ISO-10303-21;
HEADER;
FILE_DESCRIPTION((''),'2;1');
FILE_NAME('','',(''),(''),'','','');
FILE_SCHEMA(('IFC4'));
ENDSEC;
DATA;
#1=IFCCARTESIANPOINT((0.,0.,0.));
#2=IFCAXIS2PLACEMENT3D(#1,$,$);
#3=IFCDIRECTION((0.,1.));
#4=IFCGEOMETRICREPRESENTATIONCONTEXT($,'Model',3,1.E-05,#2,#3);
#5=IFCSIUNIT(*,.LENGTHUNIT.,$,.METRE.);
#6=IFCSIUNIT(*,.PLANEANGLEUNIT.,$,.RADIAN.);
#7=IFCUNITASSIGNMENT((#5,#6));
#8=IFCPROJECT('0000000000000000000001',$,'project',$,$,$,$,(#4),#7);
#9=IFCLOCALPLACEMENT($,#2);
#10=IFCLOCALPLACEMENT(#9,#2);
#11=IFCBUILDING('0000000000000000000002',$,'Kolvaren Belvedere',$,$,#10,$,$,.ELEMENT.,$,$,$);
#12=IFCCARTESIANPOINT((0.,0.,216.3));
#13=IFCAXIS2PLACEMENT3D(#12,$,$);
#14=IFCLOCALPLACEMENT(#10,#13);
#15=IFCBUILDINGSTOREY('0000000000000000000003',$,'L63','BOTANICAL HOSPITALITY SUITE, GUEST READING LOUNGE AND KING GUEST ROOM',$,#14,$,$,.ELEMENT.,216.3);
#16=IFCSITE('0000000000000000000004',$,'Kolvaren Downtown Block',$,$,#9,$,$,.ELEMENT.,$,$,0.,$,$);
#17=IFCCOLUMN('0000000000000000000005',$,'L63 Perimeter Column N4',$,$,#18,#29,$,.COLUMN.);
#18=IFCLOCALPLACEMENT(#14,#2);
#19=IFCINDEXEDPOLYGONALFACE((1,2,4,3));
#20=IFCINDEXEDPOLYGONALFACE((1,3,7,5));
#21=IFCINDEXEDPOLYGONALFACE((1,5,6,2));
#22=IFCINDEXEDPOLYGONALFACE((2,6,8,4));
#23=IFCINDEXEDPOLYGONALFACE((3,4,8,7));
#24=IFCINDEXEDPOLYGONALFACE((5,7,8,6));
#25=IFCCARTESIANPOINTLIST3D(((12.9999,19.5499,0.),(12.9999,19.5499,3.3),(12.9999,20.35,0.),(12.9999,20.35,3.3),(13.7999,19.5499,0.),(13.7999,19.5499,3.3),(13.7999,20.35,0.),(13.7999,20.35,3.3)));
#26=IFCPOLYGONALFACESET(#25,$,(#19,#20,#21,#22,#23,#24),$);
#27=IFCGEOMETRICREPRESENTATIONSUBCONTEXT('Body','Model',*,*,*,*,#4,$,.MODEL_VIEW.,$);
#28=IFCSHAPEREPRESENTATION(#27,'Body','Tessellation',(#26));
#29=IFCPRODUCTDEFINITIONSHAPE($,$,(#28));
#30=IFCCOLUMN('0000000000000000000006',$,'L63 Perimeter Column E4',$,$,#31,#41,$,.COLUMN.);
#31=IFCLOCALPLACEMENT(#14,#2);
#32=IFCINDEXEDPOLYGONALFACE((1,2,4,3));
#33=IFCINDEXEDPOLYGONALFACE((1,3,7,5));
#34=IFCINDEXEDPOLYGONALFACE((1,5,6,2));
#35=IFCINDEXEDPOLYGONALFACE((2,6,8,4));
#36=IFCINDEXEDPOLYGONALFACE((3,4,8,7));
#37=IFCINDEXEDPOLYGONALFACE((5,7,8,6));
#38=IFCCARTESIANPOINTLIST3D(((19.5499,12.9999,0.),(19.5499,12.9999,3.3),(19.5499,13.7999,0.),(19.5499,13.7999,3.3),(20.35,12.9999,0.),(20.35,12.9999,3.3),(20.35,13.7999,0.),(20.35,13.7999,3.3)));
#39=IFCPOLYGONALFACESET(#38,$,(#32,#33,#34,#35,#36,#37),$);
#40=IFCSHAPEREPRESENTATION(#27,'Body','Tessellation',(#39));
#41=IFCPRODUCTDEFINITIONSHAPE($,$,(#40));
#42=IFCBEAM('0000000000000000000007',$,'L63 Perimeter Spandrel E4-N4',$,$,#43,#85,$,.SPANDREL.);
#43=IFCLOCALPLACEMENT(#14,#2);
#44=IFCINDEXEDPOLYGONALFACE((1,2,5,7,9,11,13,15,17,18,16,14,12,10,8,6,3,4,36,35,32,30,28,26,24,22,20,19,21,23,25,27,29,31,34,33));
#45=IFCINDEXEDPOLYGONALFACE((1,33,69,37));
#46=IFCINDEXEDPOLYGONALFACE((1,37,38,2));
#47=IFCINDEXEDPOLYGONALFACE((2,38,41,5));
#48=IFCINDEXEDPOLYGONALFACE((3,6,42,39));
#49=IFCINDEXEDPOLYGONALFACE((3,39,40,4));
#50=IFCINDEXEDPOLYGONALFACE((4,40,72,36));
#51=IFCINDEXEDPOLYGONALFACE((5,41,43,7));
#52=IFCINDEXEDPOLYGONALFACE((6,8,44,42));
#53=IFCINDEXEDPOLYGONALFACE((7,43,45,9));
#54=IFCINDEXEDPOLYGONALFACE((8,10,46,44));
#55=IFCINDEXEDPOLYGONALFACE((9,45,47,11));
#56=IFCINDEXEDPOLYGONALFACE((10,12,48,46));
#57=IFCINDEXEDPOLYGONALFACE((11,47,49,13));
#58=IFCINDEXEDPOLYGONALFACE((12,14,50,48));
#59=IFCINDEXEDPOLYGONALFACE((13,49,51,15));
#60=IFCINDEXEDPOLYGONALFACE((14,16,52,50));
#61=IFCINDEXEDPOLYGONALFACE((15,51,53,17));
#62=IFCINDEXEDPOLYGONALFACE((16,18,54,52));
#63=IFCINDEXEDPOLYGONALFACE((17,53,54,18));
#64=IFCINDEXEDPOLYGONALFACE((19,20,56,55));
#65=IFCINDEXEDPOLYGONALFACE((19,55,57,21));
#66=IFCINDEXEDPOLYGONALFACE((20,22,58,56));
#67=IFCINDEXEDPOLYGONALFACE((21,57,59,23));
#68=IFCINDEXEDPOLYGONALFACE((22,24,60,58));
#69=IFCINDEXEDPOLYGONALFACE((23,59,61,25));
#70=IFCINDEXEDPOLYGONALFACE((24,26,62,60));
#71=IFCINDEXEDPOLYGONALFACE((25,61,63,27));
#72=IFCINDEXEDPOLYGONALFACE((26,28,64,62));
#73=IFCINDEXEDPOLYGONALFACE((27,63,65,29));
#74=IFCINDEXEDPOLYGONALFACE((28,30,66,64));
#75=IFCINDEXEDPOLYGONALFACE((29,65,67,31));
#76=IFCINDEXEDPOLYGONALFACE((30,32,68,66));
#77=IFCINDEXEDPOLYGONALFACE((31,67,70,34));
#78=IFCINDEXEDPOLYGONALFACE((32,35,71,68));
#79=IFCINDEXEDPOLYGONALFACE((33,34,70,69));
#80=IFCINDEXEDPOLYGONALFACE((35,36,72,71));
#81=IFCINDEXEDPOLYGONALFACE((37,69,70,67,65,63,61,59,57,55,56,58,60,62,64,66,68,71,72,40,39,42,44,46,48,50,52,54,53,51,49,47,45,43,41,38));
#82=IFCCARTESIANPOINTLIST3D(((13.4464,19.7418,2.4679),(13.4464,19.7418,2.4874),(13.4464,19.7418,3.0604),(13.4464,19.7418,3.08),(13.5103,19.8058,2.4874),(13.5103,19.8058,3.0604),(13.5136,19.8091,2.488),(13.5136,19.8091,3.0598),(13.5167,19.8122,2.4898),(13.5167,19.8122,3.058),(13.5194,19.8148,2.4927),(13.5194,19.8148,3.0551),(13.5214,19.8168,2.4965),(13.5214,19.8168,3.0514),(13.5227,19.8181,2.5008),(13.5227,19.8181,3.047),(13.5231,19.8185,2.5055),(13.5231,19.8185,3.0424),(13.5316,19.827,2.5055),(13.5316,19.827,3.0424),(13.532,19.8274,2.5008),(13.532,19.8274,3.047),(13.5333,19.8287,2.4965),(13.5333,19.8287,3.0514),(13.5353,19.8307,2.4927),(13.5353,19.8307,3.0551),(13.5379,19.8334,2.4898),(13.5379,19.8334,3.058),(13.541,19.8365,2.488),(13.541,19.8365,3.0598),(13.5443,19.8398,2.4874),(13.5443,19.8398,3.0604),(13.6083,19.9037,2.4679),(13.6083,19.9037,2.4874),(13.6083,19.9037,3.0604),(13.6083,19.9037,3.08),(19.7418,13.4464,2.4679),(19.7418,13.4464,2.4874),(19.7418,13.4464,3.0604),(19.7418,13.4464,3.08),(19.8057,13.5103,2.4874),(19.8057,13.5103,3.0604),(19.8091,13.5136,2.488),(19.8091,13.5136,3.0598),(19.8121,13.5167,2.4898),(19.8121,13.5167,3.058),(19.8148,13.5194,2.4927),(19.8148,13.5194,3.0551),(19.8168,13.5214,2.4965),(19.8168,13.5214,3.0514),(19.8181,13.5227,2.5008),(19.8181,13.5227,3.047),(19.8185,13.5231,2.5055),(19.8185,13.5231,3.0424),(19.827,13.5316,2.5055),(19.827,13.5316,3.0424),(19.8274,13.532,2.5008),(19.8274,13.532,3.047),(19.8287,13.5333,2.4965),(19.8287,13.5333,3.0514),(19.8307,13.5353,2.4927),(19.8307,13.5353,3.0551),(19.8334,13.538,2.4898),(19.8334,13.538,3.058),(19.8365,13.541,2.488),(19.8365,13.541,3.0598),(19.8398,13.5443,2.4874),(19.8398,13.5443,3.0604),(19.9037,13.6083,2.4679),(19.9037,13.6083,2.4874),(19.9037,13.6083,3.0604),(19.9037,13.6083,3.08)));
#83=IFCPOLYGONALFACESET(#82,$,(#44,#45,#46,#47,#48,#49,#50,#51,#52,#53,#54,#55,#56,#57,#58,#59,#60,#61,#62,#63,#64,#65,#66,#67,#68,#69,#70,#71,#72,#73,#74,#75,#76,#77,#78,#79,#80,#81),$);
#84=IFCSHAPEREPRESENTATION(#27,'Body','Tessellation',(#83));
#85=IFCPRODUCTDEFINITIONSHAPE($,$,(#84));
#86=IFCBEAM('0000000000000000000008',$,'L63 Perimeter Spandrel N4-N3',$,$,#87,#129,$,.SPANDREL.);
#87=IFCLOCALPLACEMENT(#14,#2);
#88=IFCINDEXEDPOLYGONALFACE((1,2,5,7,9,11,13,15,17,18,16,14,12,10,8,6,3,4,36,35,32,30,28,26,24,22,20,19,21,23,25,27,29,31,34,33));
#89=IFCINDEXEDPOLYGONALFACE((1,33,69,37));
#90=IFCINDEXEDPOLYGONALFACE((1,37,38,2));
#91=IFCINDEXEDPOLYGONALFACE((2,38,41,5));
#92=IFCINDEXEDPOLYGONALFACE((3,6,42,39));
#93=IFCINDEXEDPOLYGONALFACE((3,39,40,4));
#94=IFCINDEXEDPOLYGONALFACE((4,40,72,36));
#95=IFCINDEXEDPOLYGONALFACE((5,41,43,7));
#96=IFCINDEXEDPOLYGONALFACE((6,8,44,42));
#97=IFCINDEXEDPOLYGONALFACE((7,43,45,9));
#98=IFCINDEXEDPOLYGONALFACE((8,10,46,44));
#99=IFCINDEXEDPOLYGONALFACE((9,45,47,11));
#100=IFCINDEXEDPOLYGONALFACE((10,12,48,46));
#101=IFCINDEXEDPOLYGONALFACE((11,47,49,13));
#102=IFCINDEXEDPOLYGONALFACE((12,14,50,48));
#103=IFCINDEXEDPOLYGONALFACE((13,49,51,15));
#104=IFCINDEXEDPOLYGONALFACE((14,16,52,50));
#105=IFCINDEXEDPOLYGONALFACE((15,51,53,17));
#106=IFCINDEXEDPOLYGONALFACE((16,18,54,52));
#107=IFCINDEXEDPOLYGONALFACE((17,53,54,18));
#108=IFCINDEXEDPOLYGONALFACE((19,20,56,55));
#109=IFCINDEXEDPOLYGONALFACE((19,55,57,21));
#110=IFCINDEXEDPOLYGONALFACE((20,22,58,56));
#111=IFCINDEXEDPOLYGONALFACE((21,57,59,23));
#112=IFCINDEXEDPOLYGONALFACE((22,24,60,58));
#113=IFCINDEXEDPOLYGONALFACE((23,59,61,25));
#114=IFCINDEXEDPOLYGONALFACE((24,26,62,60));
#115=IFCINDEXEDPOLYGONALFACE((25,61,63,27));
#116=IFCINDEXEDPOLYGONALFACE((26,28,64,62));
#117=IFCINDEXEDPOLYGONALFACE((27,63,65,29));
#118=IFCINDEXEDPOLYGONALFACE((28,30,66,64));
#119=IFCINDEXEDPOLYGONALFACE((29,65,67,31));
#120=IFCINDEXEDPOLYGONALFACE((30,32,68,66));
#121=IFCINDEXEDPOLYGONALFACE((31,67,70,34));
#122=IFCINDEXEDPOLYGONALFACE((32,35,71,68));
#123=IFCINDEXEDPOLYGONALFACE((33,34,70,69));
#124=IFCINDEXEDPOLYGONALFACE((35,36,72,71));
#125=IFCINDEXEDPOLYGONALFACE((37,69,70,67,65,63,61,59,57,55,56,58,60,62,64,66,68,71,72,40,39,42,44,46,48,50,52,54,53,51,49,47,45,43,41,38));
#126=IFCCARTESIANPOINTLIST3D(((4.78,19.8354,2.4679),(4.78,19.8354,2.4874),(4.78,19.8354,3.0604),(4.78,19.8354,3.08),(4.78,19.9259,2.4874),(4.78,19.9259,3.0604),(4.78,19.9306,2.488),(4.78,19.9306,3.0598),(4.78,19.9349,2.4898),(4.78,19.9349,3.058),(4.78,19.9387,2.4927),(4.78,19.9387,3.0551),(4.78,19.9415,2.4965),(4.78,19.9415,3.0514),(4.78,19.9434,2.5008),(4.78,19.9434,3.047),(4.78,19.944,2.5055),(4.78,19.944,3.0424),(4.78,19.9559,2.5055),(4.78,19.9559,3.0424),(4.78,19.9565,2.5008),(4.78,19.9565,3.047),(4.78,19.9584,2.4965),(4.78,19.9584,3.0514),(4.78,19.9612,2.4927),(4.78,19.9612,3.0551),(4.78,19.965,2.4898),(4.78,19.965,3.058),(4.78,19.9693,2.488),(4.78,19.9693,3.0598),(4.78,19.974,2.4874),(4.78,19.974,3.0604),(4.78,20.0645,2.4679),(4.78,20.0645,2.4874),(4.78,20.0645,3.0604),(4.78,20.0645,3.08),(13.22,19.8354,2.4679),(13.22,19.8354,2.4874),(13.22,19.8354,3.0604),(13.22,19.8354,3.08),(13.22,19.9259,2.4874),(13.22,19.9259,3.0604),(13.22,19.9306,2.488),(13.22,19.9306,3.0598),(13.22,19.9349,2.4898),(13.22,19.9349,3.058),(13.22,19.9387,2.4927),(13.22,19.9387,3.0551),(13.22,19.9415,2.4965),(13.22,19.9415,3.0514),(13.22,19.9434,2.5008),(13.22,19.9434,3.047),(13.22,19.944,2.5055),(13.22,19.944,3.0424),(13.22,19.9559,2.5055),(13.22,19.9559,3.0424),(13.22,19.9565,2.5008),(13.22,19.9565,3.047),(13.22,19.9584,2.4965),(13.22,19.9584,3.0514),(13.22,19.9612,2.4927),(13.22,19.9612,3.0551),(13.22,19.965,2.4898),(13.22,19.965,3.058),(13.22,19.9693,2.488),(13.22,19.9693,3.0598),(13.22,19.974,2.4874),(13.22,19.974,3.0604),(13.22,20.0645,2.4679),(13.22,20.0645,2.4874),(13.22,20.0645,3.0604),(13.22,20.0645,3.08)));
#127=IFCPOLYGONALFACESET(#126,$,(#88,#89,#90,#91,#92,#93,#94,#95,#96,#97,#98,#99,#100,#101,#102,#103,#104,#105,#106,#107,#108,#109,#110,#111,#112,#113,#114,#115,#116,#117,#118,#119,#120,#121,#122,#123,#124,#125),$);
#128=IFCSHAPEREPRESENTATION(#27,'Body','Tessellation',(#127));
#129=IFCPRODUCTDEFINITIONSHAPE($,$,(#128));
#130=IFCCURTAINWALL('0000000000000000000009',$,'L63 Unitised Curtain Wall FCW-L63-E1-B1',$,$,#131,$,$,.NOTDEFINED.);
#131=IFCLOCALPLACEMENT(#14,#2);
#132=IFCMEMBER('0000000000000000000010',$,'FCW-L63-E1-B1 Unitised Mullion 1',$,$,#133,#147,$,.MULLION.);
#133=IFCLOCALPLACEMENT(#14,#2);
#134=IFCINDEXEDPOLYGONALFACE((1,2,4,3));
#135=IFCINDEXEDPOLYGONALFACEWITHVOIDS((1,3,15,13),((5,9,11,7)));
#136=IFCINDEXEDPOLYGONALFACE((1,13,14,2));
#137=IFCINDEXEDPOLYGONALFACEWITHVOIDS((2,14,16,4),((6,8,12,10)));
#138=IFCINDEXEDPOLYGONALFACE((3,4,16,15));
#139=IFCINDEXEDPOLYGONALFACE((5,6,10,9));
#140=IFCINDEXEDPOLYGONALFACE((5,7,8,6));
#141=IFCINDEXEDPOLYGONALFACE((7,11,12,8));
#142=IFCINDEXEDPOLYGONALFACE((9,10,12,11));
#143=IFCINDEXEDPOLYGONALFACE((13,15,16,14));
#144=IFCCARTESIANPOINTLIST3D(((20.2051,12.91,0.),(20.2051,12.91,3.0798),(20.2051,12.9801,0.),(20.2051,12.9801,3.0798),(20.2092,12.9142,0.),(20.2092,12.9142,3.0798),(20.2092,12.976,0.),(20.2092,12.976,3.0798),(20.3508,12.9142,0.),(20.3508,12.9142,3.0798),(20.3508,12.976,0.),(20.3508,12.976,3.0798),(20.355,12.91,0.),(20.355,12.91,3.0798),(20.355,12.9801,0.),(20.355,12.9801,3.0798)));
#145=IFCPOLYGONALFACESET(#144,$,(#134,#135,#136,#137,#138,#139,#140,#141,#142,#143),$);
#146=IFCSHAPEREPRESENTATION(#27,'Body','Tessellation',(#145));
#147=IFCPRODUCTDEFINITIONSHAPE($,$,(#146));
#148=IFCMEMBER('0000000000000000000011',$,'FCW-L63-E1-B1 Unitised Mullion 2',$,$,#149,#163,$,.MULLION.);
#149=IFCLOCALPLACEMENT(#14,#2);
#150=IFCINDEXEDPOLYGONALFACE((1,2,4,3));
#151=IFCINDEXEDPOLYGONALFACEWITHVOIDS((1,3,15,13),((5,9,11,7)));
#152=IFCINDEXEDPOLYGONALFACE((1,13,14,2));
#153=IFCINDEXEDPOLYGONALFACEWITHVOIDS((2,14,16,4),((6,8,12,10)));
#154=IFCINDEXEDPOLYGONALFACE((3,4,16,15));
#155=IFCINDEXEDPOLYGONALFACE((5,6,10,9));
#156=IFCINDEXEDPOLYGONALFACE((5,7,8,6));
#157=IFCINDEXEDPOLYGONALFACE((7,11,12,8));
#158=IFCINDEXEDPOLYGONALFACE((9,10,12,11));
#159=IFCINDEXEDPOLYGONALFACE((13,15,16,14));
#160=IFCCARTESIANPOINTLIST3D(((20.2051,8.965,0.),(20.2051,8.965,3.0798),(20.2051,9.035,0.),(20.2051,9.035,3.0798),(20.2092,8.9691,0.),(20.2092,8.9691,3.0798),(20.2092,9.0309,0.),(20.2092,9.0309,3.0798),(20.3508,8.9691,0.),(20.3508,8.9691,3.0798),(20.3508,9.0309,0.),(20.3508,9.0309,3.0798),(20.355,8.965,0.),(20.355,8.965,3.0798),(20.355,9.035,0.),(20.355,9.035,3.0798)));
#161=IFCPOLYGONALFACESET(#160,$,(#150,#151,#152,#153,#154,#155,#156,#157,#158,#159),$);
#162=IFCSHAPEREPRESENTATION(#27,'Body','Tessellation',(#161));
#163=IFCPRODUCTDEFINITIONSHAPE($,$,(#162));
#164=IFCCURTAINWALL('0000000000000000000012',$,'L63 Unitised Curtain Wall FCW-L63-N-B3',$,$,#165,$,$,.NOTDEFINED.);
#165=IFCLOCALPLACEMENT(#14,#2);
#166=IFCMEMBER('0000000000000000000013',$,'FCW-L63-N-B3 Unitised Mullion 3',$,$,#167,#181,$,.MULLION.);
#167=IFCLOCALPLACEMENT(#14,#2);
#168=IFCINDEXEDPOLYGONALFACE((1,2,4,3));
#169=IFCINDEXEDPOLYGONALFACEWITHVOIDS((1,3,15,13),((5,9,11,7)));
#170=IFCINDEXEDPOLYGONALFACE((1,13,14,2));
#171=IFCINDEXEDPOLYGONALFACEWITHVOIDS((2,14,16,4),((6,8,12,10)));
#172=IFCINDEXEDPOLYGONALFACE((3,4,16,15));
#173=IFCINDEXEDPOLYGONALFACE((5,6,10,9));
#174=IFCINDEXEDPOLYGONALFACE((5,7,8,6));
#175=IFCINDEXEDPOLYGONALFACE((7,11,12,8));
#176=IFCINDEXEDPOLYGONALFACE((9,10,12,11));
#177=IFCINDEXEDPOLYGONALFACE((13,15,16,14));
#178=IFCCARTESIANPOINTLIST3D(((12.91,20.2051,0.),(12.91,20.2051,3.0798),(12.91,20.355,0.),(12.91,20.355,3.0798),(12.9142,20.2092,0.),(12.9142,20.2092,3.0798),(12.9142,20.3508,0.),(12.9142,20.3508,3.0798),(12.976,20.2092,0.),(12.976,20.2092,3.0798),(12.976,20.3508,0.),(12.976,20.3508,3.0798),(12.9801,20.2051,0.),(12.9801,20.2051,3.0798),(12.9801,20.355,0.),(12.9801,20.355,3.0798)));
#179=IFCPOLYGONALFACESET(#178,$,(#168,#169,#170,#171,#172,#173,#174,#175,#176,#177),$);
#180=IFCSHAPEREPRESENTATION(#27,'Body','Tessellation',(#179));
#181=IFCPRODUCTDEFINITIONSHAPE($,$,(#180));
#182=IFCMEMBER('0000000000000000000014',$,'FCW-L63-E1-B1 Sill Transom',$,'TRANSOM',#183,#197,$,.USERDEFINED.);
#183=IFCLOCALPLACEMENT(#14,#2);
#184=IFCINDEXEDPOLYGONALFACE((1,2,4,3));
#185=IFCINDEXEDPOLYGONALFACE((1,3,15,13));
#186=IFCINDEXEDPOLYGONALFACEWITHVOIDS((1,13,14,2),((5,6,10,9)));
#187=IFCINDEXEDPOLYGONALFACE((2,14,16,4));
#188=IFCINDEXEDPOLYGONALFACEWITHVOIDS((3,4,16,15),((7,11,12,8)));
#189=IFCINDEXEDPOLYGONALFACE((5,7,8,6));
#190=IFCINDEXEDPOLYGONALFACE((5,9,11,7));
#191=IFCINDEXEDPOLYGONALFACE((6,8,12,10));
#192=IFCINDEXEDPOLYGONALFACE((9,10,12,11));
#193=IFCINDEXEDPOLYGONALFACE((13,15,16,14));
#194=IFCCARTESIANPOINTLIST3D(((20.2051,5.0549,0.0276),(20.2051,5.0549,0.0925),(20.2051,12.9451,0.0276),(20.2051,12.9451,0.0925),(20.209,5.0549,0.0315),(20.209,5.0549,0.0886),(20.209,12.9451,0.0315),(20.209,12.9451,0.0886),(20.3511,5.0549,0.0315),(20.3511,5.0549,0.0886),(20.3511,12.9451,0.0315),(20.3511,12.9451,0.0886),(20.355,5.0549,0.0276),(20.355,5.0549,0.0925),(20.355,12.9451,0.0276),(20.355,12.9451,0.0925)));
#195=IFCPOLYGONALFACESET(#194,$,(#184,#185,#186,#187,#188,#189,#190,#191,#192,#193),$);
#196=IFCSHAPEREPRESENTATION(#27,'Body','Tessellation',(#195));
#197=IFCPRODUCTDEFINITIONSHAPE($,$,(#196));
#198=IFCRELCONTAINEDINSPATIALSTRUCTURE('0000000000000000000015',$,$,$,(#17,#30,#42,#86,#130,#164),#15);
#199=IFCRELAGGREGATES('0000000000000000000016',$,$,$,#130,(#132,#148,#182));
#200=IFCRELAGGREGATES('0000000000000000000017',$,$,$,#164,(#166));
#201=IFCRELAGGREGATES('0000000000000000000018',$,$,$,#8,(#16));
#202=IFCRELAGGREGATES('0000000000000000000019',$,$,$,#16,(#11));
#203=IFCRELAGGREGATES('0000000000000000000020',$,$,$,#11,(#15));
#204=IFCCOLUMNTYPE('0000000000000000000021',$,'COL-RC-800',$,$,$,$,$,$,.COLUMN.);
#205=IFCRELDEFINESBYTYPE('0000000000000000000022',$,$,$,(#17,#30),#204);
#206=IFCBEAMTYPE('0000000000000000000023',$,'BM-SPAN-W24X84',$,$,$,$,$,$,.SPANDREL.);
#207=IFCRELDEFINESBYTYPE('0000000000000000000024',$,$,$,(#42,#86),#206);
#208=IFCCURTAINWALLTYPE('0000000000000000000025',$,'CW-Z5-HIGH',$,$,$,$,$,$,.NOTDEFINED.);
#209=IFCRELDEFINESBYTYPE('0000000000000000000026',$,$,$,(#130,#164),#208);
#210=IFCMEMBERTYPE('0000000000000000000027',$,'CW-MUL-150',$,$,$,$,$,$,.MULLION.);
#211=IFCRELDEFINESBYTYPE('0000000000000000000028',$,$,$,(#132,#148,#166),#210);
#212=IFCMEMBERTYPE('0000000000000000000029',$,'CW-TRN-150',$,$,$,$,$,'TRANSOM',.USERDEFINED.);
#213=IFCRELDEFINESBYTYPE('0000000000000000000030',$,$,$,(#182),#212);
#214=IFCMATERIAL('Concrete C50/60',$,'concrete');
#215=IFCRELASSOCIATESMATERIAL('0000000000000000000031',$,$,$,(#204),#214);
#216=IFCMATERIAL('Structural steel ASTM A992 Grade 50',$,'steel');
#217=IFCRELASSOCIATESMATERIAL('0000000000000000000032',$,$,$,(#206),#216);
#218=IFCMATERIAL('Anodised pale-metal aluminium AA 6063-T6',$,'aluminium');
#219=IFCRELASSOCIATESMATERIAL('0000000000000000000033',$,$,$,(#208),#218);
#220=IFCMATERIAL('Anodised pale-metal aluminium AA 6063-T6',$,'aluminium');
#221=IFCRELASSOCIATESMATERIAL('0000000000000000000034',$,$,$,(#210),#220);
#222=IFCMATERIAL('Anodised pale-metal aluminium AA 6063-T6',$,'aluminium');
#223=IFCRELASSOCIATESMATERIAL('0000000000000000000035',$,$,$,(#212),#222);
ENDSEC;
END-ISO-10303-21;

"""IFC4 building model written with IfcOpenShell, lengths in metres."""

from ifc_helpers import new_model, si_unit, direction, frame, origin, origin_2d, place, context, subcontext, project, spatial, rectangle, hollow_rectangle, i_section, extrude, material, material_profile, profile_set, type_object, element, aggregate, save


model = new_model("IFC4")

# Units and contexts
model_context = context("Model", 3, precision=1e-05, world=origin(), true_north=direction((0.0, 1.0)))
body_context = subcontext(model_context, "Body", "Model", "MODEL_VIEW")
ifc_project = project(units=[si_unit("LENGTHUNIT", "METRE"), si_unit("PLANEANGLEUNIT", "RADIAN")], contexts=[model_context])

# Site, building, storey
site_placement = place(None, origin())
site = spatial("IfcSite", under=ifc_project, at=site_placement, Name="Kolvaren Downtown Block", CompositionType="ELEMENT", RefElevation=0.0)
building_placement = place(site_placement, origin())
building = spatial("IfcBuilding", under=site, at=building_placement, Name="Kolvaren Belvedere", CompositionType="ELEMENT")
storey_placement = place(building_placement, frame((0.0, 0.0, 216.3)))
storey = spatial("IfcBuildingStorey", under=building, at=storey_placement, Name="L63", Description="BOTANICAL HOSPITALITY SUITE, GUEST READING LOUNGE AND KING GUEST ROOM", CompositionType="ELEMENT", Elevation=216.3)

# Columns
ifc_material_1 = material(Name="Concrete C50/60", Category="concrete")
ifc_material_profile_1 = material_profile(ifc_material_1, rectangle(XDim=0.8, YDim=0.8, at=origin_2d()), Name="RC 800X800")
ifc_profile_set_1 = profile_set([ifc_material_profile_1], Name="Concrete C50/60")
column_type = type_object("IfcColumnType", Name="COL-RC-800", PredefinedType="COLUMN", material=ifc_profile_set_1)
for number, where, z_axis, x_axis, name in (
    (1, (13.3999, 19.95, 0.0), (0.0, 0.0, 1.0), (1.0, 0.0, 0.0), "L63 Perimeter Column N4"),
    (2, (19.95, 13.3999, 0.0), (0.0, 0.0, 1.0), (1.0, 0.0, 0.0), "L63 Perimeter Column E4"),
):
    element("IfcColumn", number, at=place(storey_placement, frame(where, z_axis=z_axis, x_axis=x_axis)), inside=storey, type_object=column_type, Name=name, PredefinedType="COLUMN", context=body_context, shape_type="SweptSolid", body=[
        extrude(rectangle(XDim=0.8, YDim=0.8, at=origin_2d()), origin(), (0.0, 0.0, 1.0), 3.3),
    ])

# Beams
ifc_material_2 = material(Name="Structural steel ASTM A992 Grade 50", Category="steel")
ifc_material_profile_2 = material_profile(ifc_material_2, i_section(OverallWidth=0.229, OverallDepth=0.6121, WebThickness=0.012, FlangeThickness=0.0195, FilletRadius=0.0181, at=origin_2d()), Name="W24X84")
ifc_profile_set_2 = profile_set([ifc_material_profile_2], Name="Structural steel ASTM A992 Grade 50")
beam_type = type_object("IfcBeamType", Name="BM-SPAN-W24X84", PredefinedType="SPANDREL", material=ifc_profile_set_2)
beam_1_placement = place(storey_placement, frame((19.8228, 13.5273, 2.7739), z_axis=(-0.707107, 0.707107, 0.0), x_axis=(-0.707107, -0.707107, 0.0)))
element("IfcBeam", 3, at=beam_1_placement, inside=storey, type_object=beam_type, Name="L63 Perimeter Spandrel E4-N4", PredefinedType="SPANDREL", context=body_context, shape_type="SweptSolid", body=[
    extrude(i_section(OverallWidth=0.229, OverallDepth=0.6121, WebThickness=0.012, FlangeThickness=0.0195, FilletRadius=0.0181, at=origin_2d()), origin(), (0.0, 0.0, 1.0), 8.9031),
])
beam_2_placement = place(storey_placement, frame((13.22, 19.95, 2.7739), z_axis=(-1.0, 0.0, 0.0), x_axis=(0.0, -1.0, 0.0)))
element("IfcBeam", 4, at=beam_2_placement, inside=storey, type_object=beam_type, Name="L63 Perimeter Spandrel N4-N3", PredefinedType="SPANDREL", context=body_context, shape_type="SweptSolid", body=[
    extrude(i_section(OverallWidth=0.229, OverallDepth=0.6121, WebThickness=0.012, FlangeThickness=0.0195, FilletRadius=0.0181, at=origin_2d()), origin(), (0.0, 0.0, 1.0), 8.4399),
])

# Curtain wall, members
ifc_material_3 = material(Name="Anodised pale-metal aluminium AA 6063-T6", Category="aluminium")
curtain_wall_type = type_object("IfcCurtainWallType", Name="CW-Z5-HIGH", PredefinedType="NOTDEFINED", material=ifc_material_3)
curtain_wall_1_placement = place(storey_placement, origin())
curtain_wall_1 = element("IfcCurtainWall", 5, at=curtain_wall_1_placement, inside=storey, type_object=curtain_wall_type, Name="L63 Unitised Curtain Wall FCW-L63-E1-B1", PredefinedType="NOTDEFINED")
ifc_material_4 = material(Name="Anodised pale-metal aluminium AA 6063-T6", Category="aluminium")
ifc_material_profile_3 = material_profile(ifc_material_4, hollow_rectangle(XDim=0.0701, YDim=0.1499, WallThickness=0.0042, at=origin_2d()), Name="ALU-MUL-150X70")
ifc_profile_set_3 = profile_set([ifc_material_profile_3], Name="Anodised pale-metal aluminium AA 6063-T6")
member_type_1 = type_object("IfcMemberType", Name="CW-MUL-150", PredefinedType="MULLION", material=ifc_profile_set_3)
member_1_placement = place(storey_placement, frame((20.28, 12.9451, 0.0), z_axis=(0.0, 0.0, 1.0), x_axis=(0.0, 1.0, 0.0)))
member_1 = element("IfcMember", 6, at=member_1_placement, type_object=member_type_1, Name="FCW-L63-E1-B1 Unitised Mullion 1", PredefinedType="MULLION", context=body_context, shape_type="SweptSolid", body=[
    extrude(hollow_rectangle(XDim=0.0701, YDim=0.1499, WallThickness=0.0042, at=origin_2d()), origin(), (0.0, 0.0, 1.0), 3.0798),
])
member_2_placement = place(storey_placement, frame((20.28, 9.0, 0.0), z_axis=(0.0, 0.0, 1.0), x_axis=(0.0, 1.0, 0.0)))
member_2 = element("IfcMember", 7, at=member_2_placement, type_object=member_type_1, Name="FCW-L63-E1-B1 Unitised Mullion 2", PredefinedType="MULLION", context=body_context, shape_type="SweptSolid", body=[
    extrude(hollow_rectangle(XDim=0.0701, YDim=0.1499, WallThickness=0.0042, at=origin_2d()), origin(), (0.0, 0.0, 1.0), 3.0798),
])

# Curtain wall, member
curtain_wall_2_placement = place(storey_placement, origin())
curtain_wall_2 = element("IfcCurtainWall", 8, at=curtain_wall_2_placement, inside=storey, type_object=curtain_wall_type, Name="L63 Unitised Curtain Wall FCW-L63-N-B3", PredefinedType="NOTDEFINED")
member_3_placement = place(storey_placement, frame((12.9451, 20.28, 0.0), z_axis=(0.0, 0.0, 1.0), x_axis=(1.0, 0.0, 0.0)))
member_3 = element("IfcMember", 9, at=member_3_placement, type_object=member_type_1, Name="FCW-L63-N-B3 Unitised Mullion 3", PredefinedType="MULLION", context=body_context, shape_type="SweptSolid", body=[
    extrude(hollow_rectangle(XDim=0.0701, YDim=0.1499, WallThickness=0.0042, at=origin_2d()), origin(), (0.0, 0.0, 1.0), 3.0798),
])

# Member
ifc_material_5 = material(Name="Anodised pale-metal aluminium AA 6063-T6", Category="aluminium")
ifc_material_profile_4 = material_profile(ifc_material_5, hollow_rectangle(XDim=0.0649, YDim=0.1499, WallThickness=0.0039, at=origin_2d()), Name="ALU-TRN-150X65")
ifc_profile_set_4 = profile_set([ifc_material_profile_4], Name="Anodised pale-metal aluminium AA 6063-T6")
member_type_2 = type_object("IfcMemberType", Name="CW-TRN-150", ElementType="TRANSOM", PredefinedType="USERDEFINED", material=ifc_profile_set_4)
member_4_placement = place(storey_placement, frame((20.28, 12.9451, 0.0601), z_axis=(0.0, -1.0, 0.0), x_axis=(0.0, 0.0, 1.0)))
member_4 = element("IfcMember", 10, at=member_4_placement, type_object=member_type_2, Name="FCW-L63-E1-B1 Sill Transom", ObjectType="TRANSOM", PredefinedType="USERDEFINED", context=body_context, shape_type="SweptSolid", body=[
    extrude(hollow_rectangle(XDim=0.0649, YDim=0.1499, WallThickness=0.0039, at=origin_2d()), origin(), (0.0, 0.0, 1.0), 7.8901),
])

aggregate(curtain_wall_1, [member_1, member_2, member_4])
aggregate(curtain_wall_2, [member_3])

save(model, "model.ifc")
